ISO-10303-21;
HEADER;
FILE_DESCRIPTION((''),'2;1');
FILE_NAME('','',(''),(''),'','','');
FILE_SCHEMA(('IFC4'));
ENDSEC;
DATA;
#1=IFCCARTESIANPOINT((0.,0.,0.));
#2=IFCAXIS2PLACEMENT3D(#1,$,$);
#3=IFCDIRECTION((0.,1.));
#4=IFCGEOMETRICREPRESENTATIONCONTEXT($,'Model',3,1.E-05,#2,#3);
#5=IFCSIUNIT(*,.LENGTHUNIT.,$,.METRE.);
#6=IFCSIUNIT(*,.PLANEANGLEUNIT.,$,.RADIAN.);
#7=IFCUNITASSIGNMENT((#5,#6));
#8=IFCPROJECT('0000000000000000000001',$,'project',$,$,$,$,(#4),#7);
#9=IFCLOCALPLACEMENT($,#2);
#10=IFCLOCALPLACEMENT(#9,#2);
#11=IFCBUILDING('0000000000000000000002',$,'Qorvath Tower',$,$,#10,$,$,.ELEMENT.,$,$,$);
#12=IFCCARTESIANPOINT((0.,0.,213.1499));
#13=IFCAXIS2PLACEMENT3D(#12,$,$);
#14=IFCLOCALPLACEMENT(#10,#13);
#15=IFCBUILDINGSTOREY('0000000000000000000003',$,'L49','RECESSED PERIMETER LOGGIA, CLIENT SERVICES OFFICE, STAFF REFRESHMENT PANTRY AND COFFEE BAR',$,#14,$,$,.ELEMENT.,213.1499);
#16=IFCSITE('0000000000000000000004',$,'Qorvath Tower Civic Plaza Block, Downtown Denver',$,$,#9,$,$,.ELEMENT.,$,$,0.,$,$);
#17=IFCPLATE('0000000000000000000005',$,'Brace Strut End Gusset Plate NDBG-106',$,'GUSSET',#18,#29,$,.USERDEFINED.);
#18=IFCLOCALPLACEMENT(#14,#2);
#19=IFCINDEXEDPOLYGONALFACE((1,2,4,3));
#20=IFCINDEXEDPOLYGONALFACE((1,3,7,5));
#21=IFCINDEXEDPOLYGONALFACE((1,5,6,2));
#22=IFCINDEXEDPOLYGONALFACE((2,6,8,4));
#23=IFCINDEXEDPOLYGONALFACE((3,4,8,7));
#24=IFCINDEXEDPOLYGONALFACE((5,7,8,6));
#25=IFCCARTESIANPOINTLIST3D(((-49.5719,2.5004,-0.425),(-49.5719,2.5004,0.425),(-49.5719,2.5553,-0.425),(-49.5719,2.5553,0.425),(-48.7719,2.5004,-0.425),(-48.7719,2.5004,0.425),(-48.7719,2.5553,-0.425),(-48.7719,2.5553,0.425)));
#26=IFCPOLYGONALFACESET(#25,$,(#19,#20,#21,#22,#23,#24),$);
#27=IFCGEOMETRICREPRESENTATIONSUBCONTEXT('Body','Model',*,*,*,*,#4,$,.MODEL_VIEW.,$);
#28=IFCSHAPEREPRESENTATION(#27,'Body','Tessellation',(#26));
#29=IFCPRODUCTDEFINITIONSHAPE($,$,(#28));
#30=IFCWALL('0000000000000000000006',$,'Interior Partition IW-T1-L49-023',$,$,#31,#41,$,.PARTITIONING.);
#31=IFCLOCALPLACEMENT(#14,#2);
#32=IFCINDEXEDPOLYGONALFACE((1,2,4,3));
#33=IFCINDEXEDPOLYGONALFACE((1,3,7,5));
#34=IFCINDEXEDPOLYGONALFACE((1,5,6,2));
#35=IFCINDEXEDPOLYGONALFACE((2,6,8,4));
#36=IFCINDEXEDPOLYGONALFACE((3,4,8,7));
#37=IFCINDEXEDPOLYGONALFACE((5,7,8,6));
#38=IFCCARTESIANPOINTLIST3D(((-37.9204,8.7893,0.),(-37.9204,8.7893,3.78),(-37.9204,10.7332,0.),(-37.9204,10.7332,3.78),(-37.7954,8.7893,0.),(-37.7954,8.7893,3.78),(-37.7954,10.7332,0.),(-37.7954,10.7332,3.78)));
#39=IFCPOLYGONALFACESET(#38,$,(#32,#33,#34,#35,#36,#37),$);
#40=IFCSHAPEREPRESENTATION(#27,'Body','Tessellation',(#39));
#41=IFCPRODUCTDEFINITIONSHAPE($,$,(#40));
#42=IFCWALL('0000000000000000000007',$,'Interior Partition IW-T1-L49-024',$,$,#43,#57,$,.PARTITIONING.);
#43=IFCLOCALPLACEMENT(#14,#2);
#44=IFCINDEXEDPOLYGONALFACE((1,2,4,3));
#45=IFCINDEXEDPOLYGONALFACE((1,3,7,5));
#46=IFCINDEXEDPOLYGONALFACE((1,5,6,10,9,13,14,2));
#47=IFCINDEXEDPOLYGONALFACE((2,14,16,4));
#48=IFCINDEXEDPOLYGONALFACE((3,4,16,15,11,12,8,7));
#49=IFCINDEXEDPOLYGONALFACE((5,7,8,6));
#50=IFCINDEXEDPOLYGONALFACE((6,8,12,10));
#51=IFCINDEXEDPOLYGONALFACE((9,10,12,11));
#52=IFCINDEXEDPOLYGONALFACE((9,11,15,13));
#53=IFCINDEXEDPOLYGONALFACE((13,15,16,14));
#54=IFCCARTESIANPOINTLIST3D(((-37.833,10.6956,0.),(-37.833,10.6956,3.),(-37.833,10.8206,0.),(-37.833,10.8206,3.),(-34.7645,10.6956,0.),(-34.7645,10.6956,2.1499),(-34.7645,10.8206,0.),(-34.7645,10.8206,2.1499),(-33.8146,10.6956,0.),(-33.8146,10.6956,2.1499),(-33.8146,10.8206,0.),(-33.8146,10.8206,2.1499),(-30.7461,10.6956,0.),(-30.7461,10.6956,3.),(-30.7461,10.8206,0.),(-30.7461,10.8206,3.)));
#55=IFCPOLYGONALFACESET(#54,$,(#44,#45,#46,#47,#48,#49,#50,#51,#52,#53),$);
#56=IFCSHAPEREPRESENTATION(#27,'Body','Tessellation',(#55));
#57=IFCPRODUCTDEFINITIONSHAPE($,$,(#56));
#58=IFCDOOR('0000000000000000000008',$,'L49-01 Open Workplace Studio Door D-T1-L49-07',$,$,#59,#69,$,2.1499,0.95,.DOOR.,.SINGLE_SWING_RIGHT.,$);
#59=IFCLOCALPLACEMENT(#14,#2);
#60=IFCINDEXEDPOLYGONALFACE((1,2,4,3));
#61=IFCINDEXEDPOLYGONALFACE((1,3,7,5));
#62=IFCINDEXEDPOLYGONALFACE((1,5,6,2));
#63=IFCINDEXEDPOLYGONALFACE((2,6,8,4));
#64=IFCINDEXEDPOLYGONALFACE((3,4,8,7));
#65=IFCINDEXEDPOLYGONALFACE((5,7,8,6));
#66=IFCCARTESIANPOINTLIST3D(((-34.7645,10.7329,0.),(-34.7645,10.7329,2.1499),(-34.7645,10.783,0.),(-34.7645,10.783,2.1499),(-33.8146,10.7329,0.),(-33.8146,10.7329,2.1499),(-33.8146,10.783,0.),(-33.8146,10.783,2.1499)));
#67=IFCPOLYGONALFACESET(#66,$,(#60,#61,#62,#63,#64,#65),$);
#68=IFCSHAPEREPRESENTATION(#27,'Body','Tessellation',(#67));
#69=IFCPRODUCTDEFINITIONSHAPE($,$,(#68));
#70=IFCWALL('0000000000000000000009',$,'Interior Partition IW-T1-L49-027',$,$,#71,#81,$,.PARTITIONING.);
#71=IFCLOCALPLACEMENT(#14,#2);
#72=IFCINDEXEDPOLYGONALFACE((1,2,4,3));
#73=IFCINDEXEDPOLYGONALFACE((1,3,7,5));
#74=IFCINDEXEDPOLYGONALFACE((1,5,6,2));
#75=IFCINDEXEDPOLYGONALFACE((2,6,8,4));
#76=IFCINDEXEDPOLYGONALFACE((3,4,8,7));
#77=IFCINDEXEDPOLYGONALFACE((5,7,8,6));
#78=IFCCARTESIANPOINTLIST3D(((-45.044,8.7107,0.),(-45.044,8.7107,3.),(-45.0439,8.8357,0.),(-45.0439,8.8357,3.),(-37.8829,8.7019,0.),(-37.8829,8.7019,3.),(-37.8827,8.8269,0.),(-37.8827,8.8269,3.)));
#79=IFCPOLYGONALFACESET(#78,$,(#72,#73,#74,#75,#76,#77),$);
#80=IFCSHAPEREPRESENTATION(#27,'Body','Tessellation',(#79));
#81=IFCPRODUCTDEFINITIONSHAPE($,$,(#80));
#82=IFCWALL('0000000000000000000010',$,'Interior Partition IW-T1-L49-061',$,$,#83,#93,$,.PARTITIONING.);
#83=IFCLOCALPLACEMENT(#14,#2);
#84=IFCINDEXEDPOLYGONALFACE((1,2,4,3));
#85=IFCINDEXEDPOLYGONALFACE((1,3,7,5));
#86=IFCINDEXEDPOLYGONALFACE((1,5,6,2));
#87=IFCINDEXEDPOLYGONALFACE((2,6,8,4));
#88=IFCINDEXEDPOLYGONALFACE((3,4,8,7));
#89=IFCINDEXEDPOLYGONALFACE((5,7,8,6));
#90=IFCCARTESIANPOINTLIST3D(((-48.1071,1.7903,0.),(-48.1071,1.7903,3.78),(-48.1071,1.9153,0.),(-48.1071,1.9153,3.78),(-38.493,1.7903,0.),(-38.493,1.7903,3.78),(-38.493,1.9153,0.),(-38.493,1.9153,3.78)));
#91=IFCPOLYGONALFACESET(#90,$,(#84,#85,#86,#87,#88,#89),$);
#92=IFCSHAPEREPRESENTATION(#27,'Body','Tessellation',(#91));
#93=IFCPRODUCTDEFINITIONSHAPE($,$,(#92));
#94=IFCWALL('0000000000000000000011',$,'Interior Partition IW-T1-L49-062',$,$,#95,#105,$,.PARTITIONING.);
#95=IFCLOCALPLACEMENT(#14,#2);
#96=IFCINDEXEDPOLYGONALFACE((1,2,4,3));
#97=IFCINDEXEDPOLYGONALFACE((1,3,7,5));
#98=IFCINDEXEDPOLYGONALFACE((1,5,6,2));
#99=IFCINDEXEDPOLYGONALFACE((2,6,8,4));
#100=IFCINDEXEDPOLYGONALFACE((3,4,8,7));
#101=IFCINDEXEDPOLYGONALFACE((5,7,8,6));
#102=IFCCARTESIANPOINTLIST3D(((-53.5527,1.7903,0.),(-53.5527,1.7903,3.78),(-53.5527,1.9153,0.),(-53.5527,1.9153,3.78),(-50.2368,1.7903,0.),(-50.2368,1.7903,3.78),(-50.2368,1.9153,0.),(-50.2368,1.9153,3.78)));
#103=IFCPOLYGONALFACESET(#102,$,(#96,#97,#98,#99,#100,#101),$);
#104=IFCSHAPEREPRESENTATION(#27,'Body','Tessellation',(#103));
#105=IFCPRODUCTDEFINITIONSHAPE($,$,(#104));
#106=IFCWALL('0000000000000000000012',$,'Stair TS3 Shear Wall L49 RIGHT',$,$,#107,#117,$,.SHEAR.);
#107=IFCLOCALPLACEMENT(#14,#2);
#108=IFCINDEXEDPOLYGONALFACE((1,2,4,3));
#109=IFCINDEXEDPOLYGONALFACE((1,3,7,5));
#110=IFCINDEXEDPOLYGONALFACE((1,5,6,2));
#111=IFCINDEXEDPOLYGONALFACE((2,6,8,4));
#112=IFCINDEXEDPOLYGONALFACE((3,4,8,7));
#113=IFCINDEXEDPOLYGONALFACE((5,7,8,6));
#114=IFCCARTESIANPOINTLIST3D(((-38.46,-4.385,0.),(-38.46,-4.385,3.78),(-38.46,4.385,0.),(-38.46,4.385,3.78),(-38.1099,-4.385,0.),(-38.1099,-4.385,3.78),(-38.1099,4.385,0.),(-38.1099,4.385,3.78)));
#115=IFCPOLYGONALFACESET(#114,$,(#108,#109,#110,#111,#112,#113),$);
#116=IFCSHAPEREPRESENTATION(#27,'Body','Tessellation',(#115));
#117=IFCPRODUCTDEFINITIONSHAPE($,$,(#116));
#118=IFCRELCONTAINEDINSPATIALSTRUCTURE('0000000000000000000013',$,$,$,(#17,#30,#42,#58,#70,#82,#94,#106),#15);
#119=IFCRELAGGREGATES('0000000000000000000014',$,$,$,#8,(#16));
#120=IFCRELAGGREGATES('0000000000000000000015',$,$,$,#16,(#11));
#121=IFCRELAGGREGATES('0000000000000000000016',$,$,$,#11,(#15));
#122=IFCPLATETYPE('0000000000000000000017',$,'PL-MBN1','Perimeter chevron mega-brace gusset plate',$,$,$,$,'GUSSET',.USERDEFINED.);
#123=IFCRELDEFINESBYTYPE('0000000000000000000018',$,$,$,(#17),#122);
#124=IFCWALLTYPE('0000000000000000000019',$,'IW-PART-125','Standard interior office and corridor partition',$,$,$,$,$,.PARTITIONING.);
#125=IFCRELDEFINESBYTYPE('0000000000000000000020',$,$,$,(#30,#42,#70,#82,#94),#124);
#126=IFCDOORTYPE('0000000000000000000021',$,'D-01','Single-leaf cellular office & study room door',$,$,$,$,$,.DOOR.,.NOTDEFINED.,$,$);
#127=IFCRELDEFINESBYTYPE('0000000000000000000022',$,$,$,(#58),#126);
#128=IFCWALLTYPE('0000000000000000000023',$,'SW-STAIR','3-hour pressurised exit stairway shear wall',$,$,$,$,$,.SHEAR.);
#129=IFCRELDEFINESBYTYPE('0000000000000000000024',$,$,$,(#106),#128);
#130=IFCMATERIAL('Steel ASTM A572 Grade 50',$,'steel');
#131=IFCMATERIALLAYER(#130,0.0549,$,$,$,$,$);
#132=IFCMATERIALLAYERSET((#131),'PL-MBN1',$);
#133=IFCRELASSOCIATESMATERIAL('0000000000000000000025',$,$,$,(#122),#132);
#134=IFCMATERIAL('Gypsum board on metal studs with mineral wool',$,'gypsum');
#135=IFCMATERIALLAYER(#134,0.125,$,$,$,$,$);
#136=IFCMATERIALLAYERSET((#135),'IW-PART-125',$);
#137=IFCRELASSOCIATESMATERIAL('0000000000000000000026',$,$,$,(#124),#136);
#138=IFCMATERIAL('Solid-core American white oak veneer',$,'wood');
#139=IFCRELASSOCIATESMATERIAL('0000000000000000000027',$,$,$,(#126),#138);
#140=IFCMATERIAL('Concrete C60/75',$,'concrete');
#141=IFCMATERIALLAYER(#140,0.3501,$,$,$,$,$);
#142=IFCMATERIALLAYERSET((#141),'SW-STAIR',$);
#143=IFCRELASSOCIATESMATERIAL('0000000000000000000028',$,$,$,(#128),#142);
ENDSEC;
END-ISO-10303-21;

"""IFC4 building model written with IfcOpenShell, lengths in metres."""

from ifc_helpers import new_model, si_unit, direction, frame, frame_2d, origin, origin_2d, place, context, subcontext, project, spatial, rectangle, extrude, material, layer, layer_set, type_object, element, fill, save


model = new_model("IFC4")

# Units and contexts
model_context = context("Model", 3, precision=1e-05, world=origin(), true_north=direction((0.0, 1.0)))
body_context = subcontext(model_context, "Body", "Model", "MODEL_VIEW")
ifc_project = project(units=[si_unit("LENGTHUNIT", "METRE"), si_unit("PLANEANGLEUNIT", "RADIAN")], contexts=[model_context])

# Site, building, storey
site_placement = place(None, origin())
site = spatial("IfcSite", under=ifc_project, at=site_placement, Name="Qorvath Tower Civic Plaza Block, Downtown Denver", CompositionType="ELEMENT", RefElevation=0.0)
building_placement = place(site_placement, origin())
building = spatial("IfcBuilding", under=site, at=building_placement, Name="Qorvath Tower", CompositionType="ELEMENT")
storey_placement = place(building_placement, frame((0.0, 0.0, 213.1499)))
storey = spatial("IfcBuildingStorey", under=building, at=storey_placement, Name="L49", Description="RECESSED PERIMETER LOGGIA, CLIENT SERVICES OFFICE, STAFF REFRESHMENT PANTRY AND COFFEE BAR", CompositionType="ELEMENT", Elevation=213.1499)

# Plate
ifc_material_1 = material(Name="Steel ASTM A572 Grade 50", Category="steel")
ifc_layer_1 = layer(ifc_material_1, 0.0549)
ifc_layer_set_1 = layer_set([ifc_layer_1], Name="PL-MBN1")
plate_type_1 = type_object("IfcPlateType", Name="PL-MBN1", Description="Perimeter chevron mega-brace gusset plate", ElementType="GUSSET", PredefinedType="USERDEFINED", material=ifc_layer_set_1)
plate_1_placement = place(storey_placement, frame((-49.1719, 2.5278, -0.425), z_axis=(0.0, 0.0, 1.0), x_axis=(1.0, 0.0, 0.0)))
element("IfcPlate", 1, at=plate_1_placement, inside=storey, type_object=plate_type_1, Name="Brace Strut End Gusset Plate NDBG-106", ObjectType="GUSSET", PredefinedType="USERDEFINED", context=body_context, shape_type="SweptSolid", body=[
    extrude(rectangle(XDim=0.8, YDim=0.0549, at=origin_2d()), origin(), (0.0, 0.0, 1.0), 0.8501),
])

# Wall
ifc_material_2 = material(Name="Gypsum board on metal studs with mineral wool", Category="gypsum")
ifc_layer_2 = layer(ifc_material_2, 0.125)
ifc_layer_set_2 = layer_set([ifc_layer_2], Name="IW-PART-125")
wall_type_1 = type_object("IfcWallType", Name="IW-PART-125", Description="Standard interior office and corridor partition", PredefinedType="PARTITIONING", material=ifc_layer_set_2)
wall_1_placement = place(storey_placement, frame((-37.8579, 10.7332, 0.0), z_axis=(0.0, 0.0, 1.0), x_axis=(0.0, -1.0, 0.0)))
element("IfcWall", 2, at=wall_1_placement, inside=storey, type_object=wall_type_1, Name="Interior Partition IW-T1-L49-023", PredefinedType="PARTITIONING", context=body_context, shape_type="SweptSolid", body=[
    extrude(rectangle(XDim=1.9438, YDim=0.125, at=frame_2d((0.9719, 0.0))), origin(), (0.0, 0.0, 1.0), 3.78),
])

# Wall, opening, door
wall_2_placement = place(storey_placement, frame((-37.833, 10.7581, 0.0), z_axis=(0.0, 0.0, 1.0), x_axis=(1.0, 0.0, 0.0)))
wall_2 = element("IfcWall", 3, at=wall_2_placement, inside=storey, type_object=wall_type_1, Name="Interior Partition IW-T1-L49-024", PredefinedType="PARTITIONING", context=body_context, shape_type="SweptSolid", body=[
    extrude(rectangle(XDim=7.0869, YDim=0.125, at=frame_2d((3.5435, 0.0))), origin(), (0.0, 0.0, 1.0), 3.0),
])
opening_1_placement = place(wall_2_placement, frame((3.0684, 0.0, 0.0)))
opening_1 = element("IfcOpeningElement", 4, at=opening_1_placement, cuts=wall_2, PredefinedType="OPENING", context=body_context, shape_type="SweptSolid", body=[
    extrude(rectangle(XDim=0.95, YDim=2.1499, at=frame_2d((0.4751, 1.075))), frame((0.0, 0.0725, 0.0), z_axis=(0.0, -1.0, 0.0), x_axis=(1.0, 0.0, 0.0)), (0.0, 0.0, 1.0), 0.145),
])
ifc_material_3 = material(Name="Solid-core American white oak veneer", Category="wood")
door_type_1 = type_object("IfcDoorType", Name="D-01", Description="Single-leaf cellular office & study room door", OperationType="NOTDEFINED", PredefinedType="DOOR", material=ifc_material_3)
door_1_placement = place(opening_1_placement, origin())
door_1 = element("IfcDoor", 5, at=door_1_placement, inside=storey, type_object=door_type_1, Name="L49-01 Open Workplace Studio Door D-T1-L49-07", OperationType="SINGLE_SWING_RIGHT", OverallHeight=2.1499, OverallWidth=0.95, PredefinedType="DOOR", context=body_context, shape_type="SweptSolid", body=[
    extrude(rectangle(XDim=0.95, YDim=2.1499, at=frame_2d((0.4751, 1.075))), frame((0.0, 0.0249, 0.0), z_axis=(0.0, -1.0, 0.0), x_axis=(1.0, 0.0, 0.0)), (0.0, 0.0, 1.0), 0.05),
])
fill(opening_1, door_1)

# Walls
wall_3_placement = place(storey_placement, frame((-45.0439, 8.7732, 0.0), z_axis=(0.0, 0.0, 1.0), x_axis=(0.999999, -0.001227, 0.0)))
element("IfcWall", 6, at=wall_3_placement, inside=storey, type_object=wall_type_1, Name="Interior Partition IW-T1-L49-027", PredefinedType="PARTITIONING", context=body_context, shape_type="SweptSolid", body=[
    extrude(rectangle(XDim=7.1611, YDim=0.125, at=frame_2d((3.5806, 0.0))), origin(), (0.0, 0.0, 1.0), 3.0),
])
wall_4_placement = place(storey_placement, frame((-38.4929, 1.8528, 0.0), z_axis=(0.0, 0.0, 1.0), x_axis=(-1.0, 0.0, 0.0)))
element("IfcWall", 7, at=wall_4_placement, inside=storey, type_object=wall_type_1, Name="Interior Partition IW-T1-L49-061", PredefinedType="PARTITIONING", context=body_context, shape_type="SweptSolid", body=[
    extrude(rectangle(XDim=9.614, YDim=0.125, at=frame_2d((4.8071, 0.0))), origin(), (0.0, 0.0, 1.0), 3.78),
])
wall_5_placement = place(storey_placement, frame((-50.2368, 1.8528, 0.0), z_axis=(0.0, 0.0, 1.0), x_axis=(-1.0, 0.0, 0.0)))
element("IfcWall", 8, at=wall_5_placement, inside=storey, type_object=wall_type_1, Name="Interior Partition IW-T1-L49-062", PredefinedType="PARTITIONING", context=body_context, shape_type="SweptSolid", body=[
    extrude(rectangle(XDim=3.3159, YDim=0.125, at=frame_2d((1.658, 0.0))), origin(), (0.0, 0.0, 1.0), 3.78),
])
ifc_material_4 = material(Name="Concrete C60/75", Category="concrete")
ifc_layer_3 = layer(ifc_material_4, 0.3501)
ifc_layer_set_3 = layer_set([ifc_layer_3], Name="SW-STAIR")
wall_type_2 = type_object("IfcWallType", Name="SW-STAIR", Description="3-hour pressurised exit stairway shear wall", PredefinedType="SHEAR", material=ifc_layer_set_3)
wall_6_placement = place(storey_placement, frame((-38.2849, 4.385, 0.0), z_axis=(0.0, 0.0, 1.0), x_axis=(0.0, -1.0, 0.0)))
element("IfcWall", 9, at=wall_6_placement, inside=storey, type_object=wall_type_2, Name="Stair TS3 Shear Wall L49 RIGHT", PredefinedType="SHEAR", context=body_context, shape_type="SweptSolid", body=[
    extrude(rectangle(XDim=8.77, YDim=0.3501, at=frame_2d((4.385, 0.0))), origin(), (0.0, 0.0, 1.0), 3.78),
])

save(model, "model.ifc")
